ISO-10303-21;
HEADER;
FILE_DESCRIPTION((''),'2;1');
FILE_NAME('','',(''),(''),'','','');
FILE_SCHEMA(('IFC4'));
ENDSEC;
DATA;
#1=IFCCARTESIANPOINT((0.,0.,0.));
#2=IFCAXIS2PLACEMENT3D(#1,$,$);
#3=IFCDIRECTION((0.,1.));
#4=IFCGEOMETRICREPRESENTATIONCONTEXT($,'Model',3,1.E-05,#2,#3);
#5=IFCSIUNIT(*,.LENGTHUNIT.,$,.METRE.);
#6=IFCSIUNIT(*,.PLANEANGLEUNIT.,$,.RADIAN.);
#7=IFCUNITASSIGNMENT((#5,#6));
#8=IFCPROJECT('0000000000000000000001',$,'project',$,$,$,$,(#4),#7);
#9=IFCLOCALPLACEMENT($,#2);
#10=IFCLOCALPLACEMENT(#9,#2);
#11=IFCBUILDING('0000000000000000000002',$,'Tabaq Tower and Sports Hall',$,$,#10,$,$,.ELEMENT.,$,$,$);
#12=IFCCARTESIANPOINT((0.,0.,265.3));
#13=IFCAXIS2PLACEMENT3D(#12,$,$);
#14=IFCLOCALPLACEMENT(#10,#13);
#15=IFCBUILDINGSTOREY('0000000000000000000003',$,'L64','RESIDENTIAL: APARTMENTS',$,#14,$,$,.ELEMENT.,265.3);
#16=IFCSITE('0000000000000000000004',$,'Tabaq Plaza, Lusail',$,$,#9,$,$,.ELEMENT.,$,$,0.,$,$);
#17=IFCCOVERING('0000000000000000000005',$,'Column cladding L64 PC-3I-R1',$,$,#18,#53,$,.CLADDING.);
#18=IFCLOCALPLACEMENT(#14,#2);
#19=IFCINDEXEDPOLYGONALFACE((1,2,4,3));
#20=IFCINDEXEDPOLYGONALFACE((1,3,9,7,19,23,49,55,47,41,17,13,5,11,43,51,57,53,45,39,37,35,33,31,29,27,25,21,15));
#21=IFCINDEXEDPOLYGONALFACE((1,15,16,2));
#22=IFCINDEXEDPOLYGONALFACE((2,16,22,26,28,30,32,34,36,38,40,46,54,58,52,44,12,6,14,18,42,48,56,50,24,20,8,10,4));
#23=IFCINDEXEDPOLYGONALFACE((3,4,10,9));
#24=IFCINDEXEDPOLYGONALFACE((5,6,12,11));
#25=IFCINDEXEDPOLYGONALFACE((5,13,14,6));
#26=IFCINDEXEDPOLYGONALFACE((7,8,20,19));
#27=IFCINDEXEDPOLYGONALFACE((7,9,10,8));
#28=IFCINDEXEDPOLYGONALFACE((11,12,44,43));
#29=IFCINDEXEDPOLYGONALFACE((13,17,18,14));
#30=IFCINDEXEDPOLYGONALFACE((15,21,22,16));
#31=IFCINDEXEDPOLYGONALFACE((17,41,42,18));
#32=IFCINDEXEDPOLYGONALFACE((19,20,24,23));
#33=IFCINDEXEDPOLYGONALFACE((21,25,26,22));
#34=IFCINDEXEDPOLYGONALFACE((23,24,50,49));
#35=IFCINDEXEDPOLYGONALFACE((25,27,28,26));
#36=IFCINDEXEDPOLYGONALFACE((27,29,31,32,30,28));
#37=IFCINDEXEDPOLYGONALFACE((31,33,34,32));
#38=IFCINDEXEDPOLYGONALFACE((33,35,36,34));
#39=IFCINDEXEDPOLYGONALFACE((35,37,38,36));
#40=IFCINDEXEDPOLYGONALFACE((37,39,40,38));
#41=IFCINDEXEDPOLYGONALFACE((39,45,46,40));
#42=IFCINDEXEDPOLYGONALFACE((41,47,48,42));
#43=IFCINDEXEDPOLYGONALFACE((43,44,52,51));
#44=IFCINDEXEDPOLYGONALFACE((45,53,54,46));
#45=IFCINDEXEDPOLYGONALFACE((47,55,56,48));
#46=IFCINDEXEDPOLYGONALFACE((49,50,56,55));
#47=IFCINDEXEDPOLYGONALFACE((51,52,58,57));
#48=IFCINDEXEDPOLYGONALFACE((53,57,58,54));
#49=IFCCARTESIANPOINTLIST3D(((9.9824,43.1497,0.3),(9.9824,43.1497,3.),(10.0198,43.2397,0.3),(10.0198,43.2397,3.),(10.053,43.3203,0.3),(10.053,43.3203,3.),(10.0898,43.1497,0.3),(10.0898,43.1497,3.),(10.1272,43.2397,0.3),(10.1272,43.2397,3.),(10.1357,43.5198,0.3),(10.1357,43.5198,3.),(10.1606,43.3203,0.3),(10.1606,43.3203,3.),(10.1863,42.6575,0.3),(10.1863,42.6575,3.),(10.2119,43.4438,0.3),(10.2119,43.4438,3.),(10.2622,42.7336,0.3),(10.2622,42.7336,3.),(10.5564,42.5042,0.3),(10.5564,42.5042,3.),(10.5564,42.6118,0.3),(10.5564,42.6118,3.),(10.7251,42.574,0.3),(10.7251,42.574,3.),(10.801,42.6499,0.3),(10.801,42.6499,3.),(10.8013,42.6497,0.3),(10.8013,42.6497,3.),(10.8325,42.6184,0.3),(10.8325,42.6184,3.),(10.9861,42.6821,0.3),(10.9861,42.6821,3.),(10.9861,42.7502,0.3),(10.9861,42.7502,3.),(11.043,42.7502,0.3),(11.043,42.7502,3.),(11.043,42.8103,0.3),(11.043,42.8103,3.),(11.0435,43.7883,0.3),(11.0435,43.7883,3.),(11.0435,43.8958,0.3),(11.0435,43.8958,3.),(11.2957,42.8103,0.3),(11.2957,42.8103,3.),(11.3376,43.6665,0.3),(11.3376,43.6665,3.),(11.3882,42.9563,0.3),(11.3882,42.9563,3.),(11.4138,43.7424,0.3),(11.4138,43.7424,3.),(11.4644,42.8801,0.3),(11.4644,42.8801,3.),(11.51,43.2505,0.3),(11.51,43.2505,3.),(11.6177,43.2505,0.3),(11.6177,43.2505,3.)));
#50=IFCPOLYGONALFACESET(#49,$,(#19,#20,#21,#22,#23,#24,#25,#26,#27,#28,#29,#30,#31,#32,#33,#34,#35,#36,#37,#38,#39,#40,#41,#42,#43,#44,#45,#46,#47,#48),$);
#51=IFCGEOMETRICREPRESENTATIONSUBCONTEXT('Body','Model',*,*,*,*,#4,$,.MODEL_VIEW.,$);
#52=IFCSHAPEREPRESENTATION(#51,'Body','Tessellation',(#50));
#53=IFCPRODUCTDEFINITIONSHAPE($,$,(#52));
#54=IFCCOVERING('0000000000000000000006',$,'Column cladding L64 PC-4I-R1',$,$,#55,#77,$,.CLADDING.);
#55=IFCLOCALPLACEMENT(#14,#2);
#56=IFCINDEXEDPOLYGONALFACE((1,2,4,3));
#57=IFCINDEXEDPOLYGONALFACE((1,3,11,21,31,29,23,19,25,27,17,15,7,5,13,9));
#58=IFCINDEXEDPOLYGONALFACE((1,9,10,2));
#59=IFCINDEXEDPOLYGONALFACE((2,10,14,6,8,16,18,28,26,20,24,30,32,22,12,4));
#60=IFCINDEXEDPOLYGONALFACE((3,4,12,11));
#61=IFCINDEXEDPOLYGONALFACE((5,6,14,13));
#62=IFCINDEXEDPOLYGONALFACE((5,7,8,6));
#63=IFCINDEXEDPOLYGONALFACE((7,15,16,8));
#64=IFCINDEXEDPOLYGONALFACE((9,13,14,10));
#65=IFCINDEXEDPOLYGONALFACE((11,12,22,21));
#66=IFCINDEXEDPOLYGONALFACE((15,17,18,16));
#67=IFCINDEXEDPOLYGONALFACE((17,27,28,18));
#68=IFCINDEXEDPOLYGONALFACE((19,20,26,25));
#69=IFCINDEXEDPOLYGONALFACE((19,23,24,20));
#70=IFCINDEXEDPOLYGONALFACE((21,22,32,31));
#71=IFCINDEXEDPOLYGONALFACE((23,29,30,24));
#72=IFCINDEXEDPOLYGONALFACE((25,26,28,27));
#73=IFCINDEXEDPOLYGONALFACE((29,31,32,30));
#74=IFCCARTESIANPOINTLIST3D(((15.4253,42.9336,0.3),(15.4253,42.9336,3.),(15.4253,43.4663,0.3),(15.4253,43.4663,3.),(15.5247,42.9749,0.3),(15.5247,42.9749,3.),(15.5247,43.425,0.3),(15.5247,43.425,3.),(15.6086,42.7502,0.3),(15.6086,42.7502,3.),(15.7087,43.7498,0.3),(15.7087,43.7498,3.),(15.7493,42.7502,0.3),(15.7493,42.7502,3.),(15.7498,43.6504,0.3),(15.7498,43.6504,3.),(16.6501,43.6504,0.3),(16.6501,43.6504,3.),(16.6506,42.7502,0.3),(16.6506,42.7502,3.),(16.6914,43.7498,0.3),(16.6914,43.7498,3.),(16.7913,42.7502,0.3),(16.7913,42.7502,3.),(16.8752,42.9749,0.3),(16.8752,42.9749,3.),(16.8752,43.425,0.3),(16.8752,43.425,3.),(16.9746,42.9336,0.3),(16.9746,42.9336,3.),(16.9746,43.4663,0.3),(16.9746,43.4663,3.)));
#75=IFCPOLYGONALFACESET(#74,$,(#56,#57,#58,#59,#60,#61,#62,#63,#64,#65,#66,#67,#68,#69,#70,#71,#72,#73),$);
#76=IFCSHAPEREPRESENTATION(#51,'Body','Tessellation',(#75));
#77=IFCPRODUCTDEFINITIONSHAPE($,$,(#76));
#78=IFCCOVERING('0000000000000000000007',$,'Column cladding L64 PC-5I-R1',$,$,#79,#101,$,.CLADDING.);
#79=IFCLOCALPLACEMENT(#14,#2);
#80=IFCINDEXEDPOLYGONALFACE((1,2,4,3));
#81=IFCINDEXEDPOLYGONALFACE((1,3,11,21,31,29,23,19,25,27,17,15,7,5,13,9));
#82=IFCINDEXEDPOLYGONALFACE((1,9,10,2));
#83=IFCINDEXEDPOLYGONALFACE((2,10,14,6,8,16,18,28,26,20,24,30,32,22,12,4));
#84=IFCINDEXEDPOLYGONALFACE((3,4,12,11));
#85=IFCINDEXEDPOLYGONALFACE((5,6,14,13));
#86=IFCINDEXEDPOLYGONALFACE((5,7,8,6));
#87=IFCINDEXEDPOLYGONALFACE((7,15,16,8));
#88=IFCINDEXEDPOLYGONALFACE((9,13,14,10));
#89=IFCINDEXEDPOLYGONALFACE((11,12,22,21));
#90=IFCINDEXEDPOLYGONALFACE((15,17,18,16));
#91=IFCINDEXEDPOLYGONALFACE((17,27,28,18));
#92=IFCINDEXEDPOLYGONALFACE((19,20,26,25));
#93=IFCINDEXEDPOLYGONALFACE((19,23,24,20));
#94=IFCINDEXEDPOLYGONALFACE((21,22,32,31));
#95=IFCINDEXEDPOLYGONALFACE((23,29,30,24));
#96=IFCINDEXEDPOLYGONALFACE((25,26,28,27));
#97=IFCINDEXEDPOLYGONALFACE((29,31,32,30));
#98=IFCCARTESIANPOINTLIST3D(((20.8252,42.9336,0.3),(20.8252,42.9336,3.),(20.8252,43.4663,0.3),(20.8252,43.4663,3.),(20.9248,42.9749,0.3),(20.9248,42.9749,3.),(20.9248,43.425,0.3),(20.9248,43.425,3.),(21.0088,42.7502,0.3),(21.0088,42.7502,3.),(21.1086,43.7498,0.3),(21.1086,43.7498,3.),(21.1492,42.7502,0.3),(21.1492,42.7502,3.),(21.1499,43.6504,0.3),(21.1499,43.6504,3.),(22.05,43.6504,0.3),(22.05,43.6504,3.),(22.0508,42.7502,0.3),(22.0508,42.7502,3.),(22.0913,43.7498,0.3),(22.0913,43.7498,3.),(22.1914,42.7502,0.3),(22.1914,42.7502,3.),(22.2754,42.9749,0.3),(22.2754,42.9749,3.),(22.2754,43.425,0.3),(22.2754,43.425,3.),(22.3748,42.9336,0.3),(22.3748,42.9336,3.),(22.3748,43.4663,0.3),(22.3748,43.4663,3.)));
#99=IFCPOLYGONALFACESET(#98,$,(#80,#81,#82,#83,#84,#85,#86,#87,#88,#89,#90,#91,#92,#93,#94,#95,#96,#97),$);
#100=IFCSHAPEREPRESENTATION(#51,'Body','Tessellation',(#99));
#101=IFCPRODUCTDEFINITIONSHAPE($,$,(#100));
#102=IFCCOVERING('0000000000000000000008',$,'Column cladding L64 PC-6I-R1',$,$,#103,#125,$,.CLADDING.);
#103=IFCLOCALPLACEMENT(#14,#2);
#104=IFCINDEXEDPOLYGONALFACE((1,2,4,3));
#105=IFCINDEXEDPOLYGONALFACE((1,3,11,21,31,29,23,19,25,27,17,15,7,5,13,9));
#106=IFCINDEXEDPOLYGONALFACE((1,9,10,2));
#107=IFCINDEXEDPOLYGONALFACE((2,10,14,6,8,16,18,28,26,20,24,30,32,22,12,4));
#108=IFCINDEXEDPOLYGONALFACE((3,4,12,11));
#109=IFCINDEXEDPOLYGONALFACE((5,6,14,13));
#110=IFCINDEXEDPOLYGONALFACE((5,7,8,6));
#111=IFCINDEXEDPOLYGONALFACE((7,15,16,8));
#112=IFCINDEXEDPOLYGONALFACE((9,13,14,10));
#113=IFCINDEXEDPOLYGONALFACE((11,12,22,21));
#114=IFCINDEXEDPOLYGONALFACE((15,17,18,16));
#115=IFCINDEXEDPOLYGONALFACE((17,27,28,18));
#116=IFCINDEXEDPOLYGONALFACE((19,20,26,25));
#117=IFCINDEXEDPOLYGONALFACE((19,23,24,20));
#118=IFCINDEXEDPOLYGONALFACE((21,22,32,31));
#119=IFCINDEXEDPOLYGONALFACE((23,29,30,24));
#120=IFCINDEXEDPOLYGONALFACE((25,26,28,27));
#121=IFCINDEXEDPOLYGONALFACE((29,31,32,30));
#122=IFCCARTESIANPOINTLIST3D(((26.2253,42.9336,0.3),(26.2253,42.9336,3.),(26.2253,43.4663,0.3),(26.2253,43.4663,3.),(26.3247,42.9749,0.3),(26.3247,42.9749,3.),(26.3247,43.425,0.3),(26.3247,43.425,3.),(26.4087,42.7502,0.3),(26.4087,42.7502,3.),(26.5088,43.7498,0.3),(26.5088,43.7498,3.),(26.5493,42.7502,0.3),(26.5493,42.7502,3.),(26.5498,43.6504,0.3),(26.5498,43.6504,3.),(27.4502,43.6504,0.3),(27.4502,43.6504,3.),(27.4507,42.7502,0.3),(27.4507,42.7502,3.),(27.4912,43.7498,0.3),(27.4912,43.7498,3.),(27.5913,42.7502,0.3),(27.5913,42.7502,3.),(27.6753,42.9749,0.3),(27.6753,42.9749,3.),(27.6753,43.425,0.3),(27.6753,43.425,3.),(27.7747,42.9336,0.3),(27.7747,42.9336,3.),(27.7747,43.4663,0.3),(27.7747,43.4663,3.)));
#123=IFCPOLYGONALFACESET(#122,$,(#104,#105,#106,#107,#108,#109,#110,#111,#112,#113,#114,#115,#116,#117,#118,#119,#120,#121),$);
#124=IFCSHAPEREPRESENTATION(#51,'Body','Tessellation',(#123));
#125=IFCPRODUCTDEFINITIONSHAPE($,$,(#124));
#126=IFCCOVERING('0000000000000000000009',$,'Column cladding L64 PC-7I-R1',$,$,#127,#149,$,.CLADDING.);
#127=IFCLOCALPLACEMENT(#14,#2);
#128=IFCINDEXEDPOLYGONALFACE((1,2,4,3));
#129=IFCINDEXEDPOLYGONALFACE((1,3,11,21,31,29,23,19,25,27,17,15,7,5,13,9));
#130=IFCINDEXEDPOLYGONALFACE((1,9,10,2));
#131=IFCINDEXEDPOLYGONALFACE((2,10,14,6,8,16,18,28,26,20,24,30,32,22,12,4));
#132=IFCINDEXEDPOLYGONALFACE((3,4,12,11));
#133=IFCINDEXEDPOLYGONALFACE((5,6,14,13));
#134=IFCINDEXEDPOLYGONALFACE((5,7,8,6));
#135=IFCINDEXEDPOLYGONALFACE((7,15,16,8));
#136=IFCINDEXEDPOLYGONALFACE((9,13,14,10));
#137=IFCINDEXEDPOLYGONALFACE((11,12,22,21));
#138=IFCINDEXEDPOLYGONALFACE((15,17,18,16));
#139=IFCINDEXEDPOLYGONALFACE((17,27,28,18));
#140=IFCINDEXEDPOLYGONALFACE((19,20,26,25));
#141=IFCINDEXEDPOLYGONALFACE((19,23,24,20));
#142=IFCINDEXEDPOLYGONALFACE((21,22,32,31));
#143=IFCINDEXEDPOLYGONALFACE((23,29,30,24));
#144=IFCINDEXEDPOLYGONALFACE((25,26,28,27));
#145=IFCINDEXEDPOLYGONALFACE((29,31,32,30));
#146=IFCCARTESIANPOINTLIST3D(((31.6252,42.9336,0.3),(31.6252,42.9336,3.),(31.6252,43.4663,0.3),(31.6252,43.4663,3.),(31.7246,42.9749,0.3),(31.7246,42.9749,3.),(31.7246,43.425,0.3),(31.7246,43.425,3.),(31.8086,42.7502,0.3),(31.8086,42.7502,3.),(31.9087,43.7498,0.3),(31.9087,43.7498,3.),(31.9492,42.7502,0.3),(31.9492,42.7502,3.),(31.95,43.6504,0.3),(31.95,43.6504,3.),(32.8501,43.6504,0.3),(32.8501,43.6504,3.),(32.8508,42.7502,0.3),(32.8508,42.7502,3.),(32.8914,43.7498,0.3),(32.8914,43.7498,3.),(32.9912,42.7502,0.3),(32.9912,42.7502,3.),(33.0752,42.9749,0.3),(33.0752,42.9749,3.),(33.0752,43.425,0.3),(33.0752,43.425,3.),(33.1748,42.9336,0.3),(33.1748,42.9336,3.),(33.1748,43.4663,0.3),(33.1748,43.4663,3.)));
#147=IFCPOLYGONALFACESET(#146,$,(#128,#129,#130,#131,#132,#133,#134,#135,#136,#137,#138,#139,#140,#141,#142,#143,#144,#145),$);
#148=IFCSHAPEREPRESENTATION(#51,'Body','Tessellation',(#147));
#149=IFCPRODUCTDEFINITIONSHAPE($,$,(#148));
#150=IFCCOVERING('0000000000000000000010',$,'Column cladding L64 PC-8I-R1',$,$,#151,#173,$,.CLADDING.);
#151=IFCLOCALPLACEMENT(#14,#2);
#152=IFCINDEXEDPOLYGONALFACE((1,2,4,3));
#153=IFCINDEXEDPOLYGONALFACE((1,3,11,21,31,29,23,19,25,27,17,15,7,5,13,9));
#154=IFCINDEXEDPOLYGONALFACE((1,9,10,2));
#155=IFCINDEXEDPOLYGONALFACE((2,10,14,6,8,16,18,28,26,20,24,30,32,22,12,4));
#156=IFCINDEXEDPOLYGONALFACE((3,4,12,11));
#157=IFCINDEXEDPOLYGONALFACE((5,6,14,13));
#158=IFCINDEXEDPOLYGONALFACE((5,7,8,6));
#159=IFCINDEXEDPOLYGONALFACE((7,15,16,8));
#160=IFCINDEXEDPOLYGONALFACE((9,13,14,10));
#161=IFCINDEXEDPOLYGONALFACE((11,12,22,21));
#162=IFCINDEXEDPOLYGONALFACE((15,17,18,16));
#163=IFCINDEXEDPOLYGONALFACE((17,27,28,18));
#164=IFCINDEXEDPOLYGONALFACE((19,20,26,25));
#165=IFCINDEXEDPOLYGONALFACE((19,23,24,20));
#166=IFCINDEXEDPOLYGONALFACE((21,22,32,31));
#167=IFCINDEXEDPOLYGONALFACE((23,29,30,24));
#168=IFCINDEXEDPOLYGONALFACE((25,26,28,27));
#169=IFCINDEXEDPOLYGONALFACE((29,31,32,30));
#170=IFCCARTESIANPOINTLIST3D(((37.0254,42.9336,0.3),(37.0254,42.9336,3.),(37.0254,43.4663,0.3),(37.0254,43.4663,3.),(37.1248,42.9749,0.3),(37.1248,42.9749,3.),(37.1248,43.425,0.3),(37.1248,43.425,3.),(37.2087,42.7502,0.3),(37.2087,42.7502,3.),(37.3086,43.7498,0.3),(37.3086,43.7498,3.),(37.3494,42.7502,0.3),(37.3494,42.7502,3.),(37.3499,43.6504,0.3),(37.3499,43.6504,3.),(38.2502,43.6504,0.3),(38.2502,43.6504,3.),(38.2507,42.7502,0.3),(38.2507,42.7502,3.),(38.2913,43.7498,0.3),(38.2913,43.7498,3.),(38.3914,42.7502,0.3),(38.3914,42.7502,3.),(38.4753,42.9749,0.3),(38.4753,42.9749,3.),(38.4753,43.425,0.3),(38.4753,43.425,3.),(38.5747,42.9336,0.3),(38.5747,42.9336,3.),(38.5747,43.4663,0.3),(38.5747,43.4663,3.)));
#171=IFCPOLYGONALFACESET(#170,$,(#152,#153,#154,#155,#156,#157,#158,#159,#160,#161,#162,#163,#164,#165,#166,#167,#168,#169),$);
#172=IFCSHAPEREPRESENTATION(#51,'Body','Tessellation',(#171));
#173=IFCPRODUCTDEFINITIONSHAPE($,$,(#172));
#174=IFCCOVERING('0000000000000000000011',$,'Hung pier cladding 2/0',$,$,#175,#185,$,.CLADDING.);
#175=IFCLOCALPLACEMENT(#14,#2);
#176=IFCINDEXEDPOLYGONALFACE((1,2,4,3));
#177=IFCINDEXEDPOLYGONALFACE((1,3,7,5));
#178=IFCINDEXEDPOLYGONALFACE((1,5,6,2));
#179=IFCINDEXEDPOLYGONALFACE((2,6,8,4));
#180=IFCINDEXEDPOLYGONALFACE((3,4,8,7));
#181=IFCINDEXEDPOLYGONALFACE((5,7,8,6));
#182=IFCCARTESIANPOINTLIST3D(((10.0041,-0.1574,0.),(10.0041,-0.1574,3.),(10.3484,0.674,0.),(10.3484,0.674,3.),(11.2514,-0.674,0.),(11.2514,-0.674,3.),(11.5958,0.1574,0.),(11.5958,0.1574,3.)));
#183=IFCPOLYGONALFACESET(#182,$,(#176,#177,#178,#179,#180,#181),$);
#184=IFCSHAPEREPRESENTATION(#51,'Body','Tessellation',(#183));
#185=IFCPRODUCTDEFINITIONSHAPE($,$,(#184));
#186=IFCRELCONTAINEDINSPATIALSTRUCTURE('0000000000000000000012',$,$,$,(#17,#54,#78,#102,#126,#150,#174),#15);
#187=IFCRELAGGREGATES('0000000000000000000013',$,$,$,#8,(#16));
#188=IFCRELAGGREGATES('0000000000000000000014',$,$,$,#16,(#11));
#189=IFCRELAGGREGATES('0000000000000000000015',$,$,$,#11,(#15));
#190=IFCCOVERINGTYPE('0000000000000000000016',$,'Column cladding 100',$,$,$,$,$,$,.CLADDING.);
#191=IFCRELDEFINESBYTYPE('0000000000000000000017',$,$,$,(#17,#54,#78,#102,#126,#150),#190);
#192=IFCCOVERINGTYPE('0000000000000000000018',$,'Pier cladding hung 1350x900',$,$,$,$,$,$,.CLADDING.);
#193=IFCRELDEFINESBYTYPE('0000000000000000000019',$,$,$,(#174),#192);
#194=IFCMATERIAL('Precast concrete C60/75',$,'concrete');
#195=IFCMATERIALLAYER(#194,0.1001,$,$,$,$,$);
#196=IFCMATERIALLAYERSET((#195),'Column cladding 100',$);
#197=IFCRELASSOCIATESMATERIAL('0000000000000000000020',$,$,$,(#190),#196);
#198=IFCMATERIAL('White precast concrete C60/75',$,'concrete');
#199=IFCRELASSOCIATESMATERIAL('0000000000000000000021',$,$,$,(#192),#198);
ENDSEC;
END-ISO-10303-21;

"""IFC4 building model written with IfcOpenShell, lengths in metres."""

from ifc_helpers import new_model, si_unit, direction, frame, frame_2d, origin, place, context, subcontext, project, spatial, polyline, rectangle, outline, extrude, material, layer, layer_set, type_object, element, save


model = new_model("IFC4")

# Units and contexts
model_context = context("Model", 3, precision=1e-05, world=origin(), true_north=direction((0.0, 1.0)))
body_context = subcontext(model_context, "Body", "Model", "MODEL_VIEW")
ifc_project = project(units=[si_unit("LENGTHUNIT", "METRE"), si_unit("PLANEANGLEUNIT", "RADIAN")], contexts=[model_context])

# Site, building, storey
site_placement = place(None, origin())
site = spatial("IfcSite", under=ifc_project, at=site_placement, Name="Tabaq Plaza, Lusail", CompositionType="ELEMENT", RefElevation=0.0)
building_placement = place(site_placement, origin())
building = spatial("IfcBuilding", under=site, at=building_placement, Name="Tabaq Tower and Sports Hall", CompositionType="ELEMENT")
storey_placement = place(building_placement, frame((0.0, 0.0, 265.3)))
storey = spatial("IfcBuildingStorey", under=building, at=storey_placement, Name="L64", Description="RESIDENTIAL: APARTMENTS", CompositionType="ELEMENT", Elevation=265.3)

# Coverings
ifc_material_1 = material(Name="Precast concrete C60/75", Category="concrete")
ifc_layer_1 = layer(ifc_material_1, 0.1001)
ifc_layer_set_1 = layer_set([ifc_layer_1], Name="Column cladding 100")
covering_type_1 = type_object("IfcCoveringType", Name="Column cladding 100", PredefinedType="CLADDING", material=ifc_layer_set_1)
covering_1_placement = place(storey_placement, frame((0.0, 0.0, 0.3)))
element("IfcCovering", 1, at=covering_1_placement, inside=storey, type_object=covering_type_1, Name="Column cladding L64 PC-3I-R1", PredefinedType="CLADDING", context=body_context, shape_type="SweptSolid", body=[
    extrude(outline(polyline([(9.9824, 43.1497), (10.0198, 43.2397), (10.1272, 43.2397), (10.0898, 43.1497), (10.2622, 42.7336), (10.5564, 42.6118), (11.3882, 42.9563), (11.51, 43.2505), (11.3376, 43.6665), (11.0435, 43.7883), (10.2119, 43.4438), (10.1606, 43.3203), (10.053, 43.3203), (10.1357, 43.5198), (11.0435, 43.8958), (11.4138, 43.7424), (11.6177, 43.2505), (11.4644, 42.8801), (11.2957, 42.8103), (11.043, 42.8103), (11.043, 42.7502), (10.9861, 42.7502), (10.9861, 42.6821), (10.8325, 42.6184), (10.8013, 42.6497), (10.801, 42.6499), (10.7251, 42.574), (10.5564, 42.5042), (10.1863, 42.6575), (9.9824, 43.1497)])), origin(), (0.0, 0.0, 1.0), 2.7),
])
covering_2_placement = place(storey_placement, frame((0.0, 0.0, 0.3)))
element("IfcCovering", 2, at=covering_2_placement, inside=storey, type_object=covering_type_1, Name="Column cladding L64 PC-4I-R1", PredefinedType="CLADDING", context=body_context, shape_type="SweptSolid", body=[
    extrude(outline(polyline([(15.4253, 43.4663), (15.7087, 43.7498), (16.6914, 43.7498), (16.9746, 43.4663), (16.9746, 42.9336), (16.7913, 42.7502), (16.6506, 42.7502), (16.8752, 42.9749), (16.8752, 43.425), (16.6501, 43.6504), (15.7498, 43.6504), (15.5247, 43.425), (15.5247, 42.9749), (15.7493, 42.7502), (15.6086, 42.7502), (15.4253, 42.9336), (15.4253, 43.4663)])), origin(), (0.0, 0.0, 1.0), 2.7),
])
covering_3_placement = place(storey_placement, frame((0.0, 0.0, 0.3)))
element("IfcCovering", 3, at=covering_3_placement, inside=storey, type_object=covering_type_1, Name="Column cladding L64 PC-5I-R1", PredefinedType="CLADDING", context=body_context, shape_type="SweptSolid", body=[
    extrude(outline(polyline([(20.8252, 43.4663), (21.1086, 43.7498), (22.0913, 43.7498), (22.3748, 43.4663), (22.3748, 42.9336), (22.1914, 42.7502), (22.0508, 42.7502), (22.2754, 42.9749), (22.2754, 43.425), (22.05, 43.6504), (21.1499, 43.6504), (20.9248, 43.425), (20.9248, 42.9749), (21.1492, 42.7502), (21.0088, 42.7502), (20.8252, 42.9336), (20.8252, 43.4663)])), origin(), (0.0, 0.0, 1.0), 2.7),
])
covering_4_placement = place(storey_placement, frame((0.0, 0.0, 0.3)))
element("IfcCovering", 4, at=covering_4_placement, inside=storey, type_object=covering_type_1, Name="Column cladding L64 PC-6I-R1", PredefinedType="CLADDING", context=body_context, shape_type="SweptSolid", body=[
    extrude(outline(polyline([(26.2253, 43.4663), (26.5088, 43.7498), (27.4912, 43.7498), (27.7747, 43.4663), (27.7747, 42.9336), (27.5913, 42.7502), (27.4507, 42.7502), (27.6753, 42.9749), (27.6753, 43.425), (27.4502, 43.6504), (26.5498, 43.6504), (26.3247, 43.425), (26.3247, 42.9749), (26.5493, 42.7502), (26.4087, 42.7502), (26.2253, 42.9336), (26.2253, 43.4663)])), origin(), (0.0, 0.0, 1.0), 2.7),
])
covering_5_placement = place(storey_placement, frame((0.0, 0.0, 0.3)))
element("IfcCovering", 5, at=covering_5_placement, inside=storey, type_object=covering_type_1, Name="Column cladding L64 PC-7I-R1", PredefinedType="CLADDING", context=body_context, shape_type="SweptSolid", body=[
    extrude(outline(polyline([(31.6252, 43.4663), (31.9087, 43.7498), (32.8914, 43.7498), (33.1748, 43.4663), (33.1748, 42.9336), (32.9912, 42.7502), (32.8508, 42.7502), (33.0752, 42.9749), (33.0752, 43.425), (32.8501, 43.6504), (31.95, 43.6504), (31.7246, 43.425), (31.7246, 42.9749), (31.9492, 42.7502), (31.8086, 42.7502), (31.6252, 42.9336), (31.6252, 43.4663)])), origin(), (0.0, 0.0, 1.0), 2.7),
])
covering_6_placement = place(storey_placement, frame((0.0, 0.0, 0.3)))
element("IfcCovering", 6, at=covering_6_placement, inside=storey, type_object=covering_type_1, Name="Column cladding L64 PC-8I-R1", PredefinedType="CLADDING", context=body_context, shape_type="SweptSolid", body=[
    extrude(outline(polyline([(37.0254, 43.4663), (37.3086, 43.7498), (38.2913, 43.7498), (38.5747, 43.4663), (38.5747, 42.9336), (38.3914, 42.7502), (38.2507, 42.7502), (38.4753, 42.9749), (38.4753, 43.425), (38.2502, 43.6504), (37.3499, 43.6504), (37.1248, 43.425), (37.1248, 42.9749), (37.3494, 42.7502), (37.2087, 42.7502), (37.0254, 42.9336), (37.0254, 43.4663)])), origin(), (0.0, 0.0, 1.0), 2.7),
])

# Covering
ifc_material_2 = material(Name="White precast concrete C60/75", Category="concrete")
covering_type_2 = type_object("IfcCoveringType", Name="Pier cladding hung 1350x900", PredefinedType="CLADDING", material=ifc_material_2)
covering_7_placement = place(storey_placement, frame((10.1763, 0.2583, 0.0), z_axis=(0.0, 0.0, 1.0), x_axis=(0.923893, -0.38265, 0.0)))
element("IfcCovering", 7, at=covering_7_placement, inside=storey, type_object=covering_type_2, Name="Hung pier cladding 2/0", PredefinedType="CLADDING", context=body_context, shape_type="SweptSolid", body=[
    extrude(rectangle(XDim=1.3501, YDim=0.8999, at=frame_2d((0.675, 0.0))), origin(), (0.0, 0.0, 1.0), 3.0),
])

save(model, "model.ifc")
